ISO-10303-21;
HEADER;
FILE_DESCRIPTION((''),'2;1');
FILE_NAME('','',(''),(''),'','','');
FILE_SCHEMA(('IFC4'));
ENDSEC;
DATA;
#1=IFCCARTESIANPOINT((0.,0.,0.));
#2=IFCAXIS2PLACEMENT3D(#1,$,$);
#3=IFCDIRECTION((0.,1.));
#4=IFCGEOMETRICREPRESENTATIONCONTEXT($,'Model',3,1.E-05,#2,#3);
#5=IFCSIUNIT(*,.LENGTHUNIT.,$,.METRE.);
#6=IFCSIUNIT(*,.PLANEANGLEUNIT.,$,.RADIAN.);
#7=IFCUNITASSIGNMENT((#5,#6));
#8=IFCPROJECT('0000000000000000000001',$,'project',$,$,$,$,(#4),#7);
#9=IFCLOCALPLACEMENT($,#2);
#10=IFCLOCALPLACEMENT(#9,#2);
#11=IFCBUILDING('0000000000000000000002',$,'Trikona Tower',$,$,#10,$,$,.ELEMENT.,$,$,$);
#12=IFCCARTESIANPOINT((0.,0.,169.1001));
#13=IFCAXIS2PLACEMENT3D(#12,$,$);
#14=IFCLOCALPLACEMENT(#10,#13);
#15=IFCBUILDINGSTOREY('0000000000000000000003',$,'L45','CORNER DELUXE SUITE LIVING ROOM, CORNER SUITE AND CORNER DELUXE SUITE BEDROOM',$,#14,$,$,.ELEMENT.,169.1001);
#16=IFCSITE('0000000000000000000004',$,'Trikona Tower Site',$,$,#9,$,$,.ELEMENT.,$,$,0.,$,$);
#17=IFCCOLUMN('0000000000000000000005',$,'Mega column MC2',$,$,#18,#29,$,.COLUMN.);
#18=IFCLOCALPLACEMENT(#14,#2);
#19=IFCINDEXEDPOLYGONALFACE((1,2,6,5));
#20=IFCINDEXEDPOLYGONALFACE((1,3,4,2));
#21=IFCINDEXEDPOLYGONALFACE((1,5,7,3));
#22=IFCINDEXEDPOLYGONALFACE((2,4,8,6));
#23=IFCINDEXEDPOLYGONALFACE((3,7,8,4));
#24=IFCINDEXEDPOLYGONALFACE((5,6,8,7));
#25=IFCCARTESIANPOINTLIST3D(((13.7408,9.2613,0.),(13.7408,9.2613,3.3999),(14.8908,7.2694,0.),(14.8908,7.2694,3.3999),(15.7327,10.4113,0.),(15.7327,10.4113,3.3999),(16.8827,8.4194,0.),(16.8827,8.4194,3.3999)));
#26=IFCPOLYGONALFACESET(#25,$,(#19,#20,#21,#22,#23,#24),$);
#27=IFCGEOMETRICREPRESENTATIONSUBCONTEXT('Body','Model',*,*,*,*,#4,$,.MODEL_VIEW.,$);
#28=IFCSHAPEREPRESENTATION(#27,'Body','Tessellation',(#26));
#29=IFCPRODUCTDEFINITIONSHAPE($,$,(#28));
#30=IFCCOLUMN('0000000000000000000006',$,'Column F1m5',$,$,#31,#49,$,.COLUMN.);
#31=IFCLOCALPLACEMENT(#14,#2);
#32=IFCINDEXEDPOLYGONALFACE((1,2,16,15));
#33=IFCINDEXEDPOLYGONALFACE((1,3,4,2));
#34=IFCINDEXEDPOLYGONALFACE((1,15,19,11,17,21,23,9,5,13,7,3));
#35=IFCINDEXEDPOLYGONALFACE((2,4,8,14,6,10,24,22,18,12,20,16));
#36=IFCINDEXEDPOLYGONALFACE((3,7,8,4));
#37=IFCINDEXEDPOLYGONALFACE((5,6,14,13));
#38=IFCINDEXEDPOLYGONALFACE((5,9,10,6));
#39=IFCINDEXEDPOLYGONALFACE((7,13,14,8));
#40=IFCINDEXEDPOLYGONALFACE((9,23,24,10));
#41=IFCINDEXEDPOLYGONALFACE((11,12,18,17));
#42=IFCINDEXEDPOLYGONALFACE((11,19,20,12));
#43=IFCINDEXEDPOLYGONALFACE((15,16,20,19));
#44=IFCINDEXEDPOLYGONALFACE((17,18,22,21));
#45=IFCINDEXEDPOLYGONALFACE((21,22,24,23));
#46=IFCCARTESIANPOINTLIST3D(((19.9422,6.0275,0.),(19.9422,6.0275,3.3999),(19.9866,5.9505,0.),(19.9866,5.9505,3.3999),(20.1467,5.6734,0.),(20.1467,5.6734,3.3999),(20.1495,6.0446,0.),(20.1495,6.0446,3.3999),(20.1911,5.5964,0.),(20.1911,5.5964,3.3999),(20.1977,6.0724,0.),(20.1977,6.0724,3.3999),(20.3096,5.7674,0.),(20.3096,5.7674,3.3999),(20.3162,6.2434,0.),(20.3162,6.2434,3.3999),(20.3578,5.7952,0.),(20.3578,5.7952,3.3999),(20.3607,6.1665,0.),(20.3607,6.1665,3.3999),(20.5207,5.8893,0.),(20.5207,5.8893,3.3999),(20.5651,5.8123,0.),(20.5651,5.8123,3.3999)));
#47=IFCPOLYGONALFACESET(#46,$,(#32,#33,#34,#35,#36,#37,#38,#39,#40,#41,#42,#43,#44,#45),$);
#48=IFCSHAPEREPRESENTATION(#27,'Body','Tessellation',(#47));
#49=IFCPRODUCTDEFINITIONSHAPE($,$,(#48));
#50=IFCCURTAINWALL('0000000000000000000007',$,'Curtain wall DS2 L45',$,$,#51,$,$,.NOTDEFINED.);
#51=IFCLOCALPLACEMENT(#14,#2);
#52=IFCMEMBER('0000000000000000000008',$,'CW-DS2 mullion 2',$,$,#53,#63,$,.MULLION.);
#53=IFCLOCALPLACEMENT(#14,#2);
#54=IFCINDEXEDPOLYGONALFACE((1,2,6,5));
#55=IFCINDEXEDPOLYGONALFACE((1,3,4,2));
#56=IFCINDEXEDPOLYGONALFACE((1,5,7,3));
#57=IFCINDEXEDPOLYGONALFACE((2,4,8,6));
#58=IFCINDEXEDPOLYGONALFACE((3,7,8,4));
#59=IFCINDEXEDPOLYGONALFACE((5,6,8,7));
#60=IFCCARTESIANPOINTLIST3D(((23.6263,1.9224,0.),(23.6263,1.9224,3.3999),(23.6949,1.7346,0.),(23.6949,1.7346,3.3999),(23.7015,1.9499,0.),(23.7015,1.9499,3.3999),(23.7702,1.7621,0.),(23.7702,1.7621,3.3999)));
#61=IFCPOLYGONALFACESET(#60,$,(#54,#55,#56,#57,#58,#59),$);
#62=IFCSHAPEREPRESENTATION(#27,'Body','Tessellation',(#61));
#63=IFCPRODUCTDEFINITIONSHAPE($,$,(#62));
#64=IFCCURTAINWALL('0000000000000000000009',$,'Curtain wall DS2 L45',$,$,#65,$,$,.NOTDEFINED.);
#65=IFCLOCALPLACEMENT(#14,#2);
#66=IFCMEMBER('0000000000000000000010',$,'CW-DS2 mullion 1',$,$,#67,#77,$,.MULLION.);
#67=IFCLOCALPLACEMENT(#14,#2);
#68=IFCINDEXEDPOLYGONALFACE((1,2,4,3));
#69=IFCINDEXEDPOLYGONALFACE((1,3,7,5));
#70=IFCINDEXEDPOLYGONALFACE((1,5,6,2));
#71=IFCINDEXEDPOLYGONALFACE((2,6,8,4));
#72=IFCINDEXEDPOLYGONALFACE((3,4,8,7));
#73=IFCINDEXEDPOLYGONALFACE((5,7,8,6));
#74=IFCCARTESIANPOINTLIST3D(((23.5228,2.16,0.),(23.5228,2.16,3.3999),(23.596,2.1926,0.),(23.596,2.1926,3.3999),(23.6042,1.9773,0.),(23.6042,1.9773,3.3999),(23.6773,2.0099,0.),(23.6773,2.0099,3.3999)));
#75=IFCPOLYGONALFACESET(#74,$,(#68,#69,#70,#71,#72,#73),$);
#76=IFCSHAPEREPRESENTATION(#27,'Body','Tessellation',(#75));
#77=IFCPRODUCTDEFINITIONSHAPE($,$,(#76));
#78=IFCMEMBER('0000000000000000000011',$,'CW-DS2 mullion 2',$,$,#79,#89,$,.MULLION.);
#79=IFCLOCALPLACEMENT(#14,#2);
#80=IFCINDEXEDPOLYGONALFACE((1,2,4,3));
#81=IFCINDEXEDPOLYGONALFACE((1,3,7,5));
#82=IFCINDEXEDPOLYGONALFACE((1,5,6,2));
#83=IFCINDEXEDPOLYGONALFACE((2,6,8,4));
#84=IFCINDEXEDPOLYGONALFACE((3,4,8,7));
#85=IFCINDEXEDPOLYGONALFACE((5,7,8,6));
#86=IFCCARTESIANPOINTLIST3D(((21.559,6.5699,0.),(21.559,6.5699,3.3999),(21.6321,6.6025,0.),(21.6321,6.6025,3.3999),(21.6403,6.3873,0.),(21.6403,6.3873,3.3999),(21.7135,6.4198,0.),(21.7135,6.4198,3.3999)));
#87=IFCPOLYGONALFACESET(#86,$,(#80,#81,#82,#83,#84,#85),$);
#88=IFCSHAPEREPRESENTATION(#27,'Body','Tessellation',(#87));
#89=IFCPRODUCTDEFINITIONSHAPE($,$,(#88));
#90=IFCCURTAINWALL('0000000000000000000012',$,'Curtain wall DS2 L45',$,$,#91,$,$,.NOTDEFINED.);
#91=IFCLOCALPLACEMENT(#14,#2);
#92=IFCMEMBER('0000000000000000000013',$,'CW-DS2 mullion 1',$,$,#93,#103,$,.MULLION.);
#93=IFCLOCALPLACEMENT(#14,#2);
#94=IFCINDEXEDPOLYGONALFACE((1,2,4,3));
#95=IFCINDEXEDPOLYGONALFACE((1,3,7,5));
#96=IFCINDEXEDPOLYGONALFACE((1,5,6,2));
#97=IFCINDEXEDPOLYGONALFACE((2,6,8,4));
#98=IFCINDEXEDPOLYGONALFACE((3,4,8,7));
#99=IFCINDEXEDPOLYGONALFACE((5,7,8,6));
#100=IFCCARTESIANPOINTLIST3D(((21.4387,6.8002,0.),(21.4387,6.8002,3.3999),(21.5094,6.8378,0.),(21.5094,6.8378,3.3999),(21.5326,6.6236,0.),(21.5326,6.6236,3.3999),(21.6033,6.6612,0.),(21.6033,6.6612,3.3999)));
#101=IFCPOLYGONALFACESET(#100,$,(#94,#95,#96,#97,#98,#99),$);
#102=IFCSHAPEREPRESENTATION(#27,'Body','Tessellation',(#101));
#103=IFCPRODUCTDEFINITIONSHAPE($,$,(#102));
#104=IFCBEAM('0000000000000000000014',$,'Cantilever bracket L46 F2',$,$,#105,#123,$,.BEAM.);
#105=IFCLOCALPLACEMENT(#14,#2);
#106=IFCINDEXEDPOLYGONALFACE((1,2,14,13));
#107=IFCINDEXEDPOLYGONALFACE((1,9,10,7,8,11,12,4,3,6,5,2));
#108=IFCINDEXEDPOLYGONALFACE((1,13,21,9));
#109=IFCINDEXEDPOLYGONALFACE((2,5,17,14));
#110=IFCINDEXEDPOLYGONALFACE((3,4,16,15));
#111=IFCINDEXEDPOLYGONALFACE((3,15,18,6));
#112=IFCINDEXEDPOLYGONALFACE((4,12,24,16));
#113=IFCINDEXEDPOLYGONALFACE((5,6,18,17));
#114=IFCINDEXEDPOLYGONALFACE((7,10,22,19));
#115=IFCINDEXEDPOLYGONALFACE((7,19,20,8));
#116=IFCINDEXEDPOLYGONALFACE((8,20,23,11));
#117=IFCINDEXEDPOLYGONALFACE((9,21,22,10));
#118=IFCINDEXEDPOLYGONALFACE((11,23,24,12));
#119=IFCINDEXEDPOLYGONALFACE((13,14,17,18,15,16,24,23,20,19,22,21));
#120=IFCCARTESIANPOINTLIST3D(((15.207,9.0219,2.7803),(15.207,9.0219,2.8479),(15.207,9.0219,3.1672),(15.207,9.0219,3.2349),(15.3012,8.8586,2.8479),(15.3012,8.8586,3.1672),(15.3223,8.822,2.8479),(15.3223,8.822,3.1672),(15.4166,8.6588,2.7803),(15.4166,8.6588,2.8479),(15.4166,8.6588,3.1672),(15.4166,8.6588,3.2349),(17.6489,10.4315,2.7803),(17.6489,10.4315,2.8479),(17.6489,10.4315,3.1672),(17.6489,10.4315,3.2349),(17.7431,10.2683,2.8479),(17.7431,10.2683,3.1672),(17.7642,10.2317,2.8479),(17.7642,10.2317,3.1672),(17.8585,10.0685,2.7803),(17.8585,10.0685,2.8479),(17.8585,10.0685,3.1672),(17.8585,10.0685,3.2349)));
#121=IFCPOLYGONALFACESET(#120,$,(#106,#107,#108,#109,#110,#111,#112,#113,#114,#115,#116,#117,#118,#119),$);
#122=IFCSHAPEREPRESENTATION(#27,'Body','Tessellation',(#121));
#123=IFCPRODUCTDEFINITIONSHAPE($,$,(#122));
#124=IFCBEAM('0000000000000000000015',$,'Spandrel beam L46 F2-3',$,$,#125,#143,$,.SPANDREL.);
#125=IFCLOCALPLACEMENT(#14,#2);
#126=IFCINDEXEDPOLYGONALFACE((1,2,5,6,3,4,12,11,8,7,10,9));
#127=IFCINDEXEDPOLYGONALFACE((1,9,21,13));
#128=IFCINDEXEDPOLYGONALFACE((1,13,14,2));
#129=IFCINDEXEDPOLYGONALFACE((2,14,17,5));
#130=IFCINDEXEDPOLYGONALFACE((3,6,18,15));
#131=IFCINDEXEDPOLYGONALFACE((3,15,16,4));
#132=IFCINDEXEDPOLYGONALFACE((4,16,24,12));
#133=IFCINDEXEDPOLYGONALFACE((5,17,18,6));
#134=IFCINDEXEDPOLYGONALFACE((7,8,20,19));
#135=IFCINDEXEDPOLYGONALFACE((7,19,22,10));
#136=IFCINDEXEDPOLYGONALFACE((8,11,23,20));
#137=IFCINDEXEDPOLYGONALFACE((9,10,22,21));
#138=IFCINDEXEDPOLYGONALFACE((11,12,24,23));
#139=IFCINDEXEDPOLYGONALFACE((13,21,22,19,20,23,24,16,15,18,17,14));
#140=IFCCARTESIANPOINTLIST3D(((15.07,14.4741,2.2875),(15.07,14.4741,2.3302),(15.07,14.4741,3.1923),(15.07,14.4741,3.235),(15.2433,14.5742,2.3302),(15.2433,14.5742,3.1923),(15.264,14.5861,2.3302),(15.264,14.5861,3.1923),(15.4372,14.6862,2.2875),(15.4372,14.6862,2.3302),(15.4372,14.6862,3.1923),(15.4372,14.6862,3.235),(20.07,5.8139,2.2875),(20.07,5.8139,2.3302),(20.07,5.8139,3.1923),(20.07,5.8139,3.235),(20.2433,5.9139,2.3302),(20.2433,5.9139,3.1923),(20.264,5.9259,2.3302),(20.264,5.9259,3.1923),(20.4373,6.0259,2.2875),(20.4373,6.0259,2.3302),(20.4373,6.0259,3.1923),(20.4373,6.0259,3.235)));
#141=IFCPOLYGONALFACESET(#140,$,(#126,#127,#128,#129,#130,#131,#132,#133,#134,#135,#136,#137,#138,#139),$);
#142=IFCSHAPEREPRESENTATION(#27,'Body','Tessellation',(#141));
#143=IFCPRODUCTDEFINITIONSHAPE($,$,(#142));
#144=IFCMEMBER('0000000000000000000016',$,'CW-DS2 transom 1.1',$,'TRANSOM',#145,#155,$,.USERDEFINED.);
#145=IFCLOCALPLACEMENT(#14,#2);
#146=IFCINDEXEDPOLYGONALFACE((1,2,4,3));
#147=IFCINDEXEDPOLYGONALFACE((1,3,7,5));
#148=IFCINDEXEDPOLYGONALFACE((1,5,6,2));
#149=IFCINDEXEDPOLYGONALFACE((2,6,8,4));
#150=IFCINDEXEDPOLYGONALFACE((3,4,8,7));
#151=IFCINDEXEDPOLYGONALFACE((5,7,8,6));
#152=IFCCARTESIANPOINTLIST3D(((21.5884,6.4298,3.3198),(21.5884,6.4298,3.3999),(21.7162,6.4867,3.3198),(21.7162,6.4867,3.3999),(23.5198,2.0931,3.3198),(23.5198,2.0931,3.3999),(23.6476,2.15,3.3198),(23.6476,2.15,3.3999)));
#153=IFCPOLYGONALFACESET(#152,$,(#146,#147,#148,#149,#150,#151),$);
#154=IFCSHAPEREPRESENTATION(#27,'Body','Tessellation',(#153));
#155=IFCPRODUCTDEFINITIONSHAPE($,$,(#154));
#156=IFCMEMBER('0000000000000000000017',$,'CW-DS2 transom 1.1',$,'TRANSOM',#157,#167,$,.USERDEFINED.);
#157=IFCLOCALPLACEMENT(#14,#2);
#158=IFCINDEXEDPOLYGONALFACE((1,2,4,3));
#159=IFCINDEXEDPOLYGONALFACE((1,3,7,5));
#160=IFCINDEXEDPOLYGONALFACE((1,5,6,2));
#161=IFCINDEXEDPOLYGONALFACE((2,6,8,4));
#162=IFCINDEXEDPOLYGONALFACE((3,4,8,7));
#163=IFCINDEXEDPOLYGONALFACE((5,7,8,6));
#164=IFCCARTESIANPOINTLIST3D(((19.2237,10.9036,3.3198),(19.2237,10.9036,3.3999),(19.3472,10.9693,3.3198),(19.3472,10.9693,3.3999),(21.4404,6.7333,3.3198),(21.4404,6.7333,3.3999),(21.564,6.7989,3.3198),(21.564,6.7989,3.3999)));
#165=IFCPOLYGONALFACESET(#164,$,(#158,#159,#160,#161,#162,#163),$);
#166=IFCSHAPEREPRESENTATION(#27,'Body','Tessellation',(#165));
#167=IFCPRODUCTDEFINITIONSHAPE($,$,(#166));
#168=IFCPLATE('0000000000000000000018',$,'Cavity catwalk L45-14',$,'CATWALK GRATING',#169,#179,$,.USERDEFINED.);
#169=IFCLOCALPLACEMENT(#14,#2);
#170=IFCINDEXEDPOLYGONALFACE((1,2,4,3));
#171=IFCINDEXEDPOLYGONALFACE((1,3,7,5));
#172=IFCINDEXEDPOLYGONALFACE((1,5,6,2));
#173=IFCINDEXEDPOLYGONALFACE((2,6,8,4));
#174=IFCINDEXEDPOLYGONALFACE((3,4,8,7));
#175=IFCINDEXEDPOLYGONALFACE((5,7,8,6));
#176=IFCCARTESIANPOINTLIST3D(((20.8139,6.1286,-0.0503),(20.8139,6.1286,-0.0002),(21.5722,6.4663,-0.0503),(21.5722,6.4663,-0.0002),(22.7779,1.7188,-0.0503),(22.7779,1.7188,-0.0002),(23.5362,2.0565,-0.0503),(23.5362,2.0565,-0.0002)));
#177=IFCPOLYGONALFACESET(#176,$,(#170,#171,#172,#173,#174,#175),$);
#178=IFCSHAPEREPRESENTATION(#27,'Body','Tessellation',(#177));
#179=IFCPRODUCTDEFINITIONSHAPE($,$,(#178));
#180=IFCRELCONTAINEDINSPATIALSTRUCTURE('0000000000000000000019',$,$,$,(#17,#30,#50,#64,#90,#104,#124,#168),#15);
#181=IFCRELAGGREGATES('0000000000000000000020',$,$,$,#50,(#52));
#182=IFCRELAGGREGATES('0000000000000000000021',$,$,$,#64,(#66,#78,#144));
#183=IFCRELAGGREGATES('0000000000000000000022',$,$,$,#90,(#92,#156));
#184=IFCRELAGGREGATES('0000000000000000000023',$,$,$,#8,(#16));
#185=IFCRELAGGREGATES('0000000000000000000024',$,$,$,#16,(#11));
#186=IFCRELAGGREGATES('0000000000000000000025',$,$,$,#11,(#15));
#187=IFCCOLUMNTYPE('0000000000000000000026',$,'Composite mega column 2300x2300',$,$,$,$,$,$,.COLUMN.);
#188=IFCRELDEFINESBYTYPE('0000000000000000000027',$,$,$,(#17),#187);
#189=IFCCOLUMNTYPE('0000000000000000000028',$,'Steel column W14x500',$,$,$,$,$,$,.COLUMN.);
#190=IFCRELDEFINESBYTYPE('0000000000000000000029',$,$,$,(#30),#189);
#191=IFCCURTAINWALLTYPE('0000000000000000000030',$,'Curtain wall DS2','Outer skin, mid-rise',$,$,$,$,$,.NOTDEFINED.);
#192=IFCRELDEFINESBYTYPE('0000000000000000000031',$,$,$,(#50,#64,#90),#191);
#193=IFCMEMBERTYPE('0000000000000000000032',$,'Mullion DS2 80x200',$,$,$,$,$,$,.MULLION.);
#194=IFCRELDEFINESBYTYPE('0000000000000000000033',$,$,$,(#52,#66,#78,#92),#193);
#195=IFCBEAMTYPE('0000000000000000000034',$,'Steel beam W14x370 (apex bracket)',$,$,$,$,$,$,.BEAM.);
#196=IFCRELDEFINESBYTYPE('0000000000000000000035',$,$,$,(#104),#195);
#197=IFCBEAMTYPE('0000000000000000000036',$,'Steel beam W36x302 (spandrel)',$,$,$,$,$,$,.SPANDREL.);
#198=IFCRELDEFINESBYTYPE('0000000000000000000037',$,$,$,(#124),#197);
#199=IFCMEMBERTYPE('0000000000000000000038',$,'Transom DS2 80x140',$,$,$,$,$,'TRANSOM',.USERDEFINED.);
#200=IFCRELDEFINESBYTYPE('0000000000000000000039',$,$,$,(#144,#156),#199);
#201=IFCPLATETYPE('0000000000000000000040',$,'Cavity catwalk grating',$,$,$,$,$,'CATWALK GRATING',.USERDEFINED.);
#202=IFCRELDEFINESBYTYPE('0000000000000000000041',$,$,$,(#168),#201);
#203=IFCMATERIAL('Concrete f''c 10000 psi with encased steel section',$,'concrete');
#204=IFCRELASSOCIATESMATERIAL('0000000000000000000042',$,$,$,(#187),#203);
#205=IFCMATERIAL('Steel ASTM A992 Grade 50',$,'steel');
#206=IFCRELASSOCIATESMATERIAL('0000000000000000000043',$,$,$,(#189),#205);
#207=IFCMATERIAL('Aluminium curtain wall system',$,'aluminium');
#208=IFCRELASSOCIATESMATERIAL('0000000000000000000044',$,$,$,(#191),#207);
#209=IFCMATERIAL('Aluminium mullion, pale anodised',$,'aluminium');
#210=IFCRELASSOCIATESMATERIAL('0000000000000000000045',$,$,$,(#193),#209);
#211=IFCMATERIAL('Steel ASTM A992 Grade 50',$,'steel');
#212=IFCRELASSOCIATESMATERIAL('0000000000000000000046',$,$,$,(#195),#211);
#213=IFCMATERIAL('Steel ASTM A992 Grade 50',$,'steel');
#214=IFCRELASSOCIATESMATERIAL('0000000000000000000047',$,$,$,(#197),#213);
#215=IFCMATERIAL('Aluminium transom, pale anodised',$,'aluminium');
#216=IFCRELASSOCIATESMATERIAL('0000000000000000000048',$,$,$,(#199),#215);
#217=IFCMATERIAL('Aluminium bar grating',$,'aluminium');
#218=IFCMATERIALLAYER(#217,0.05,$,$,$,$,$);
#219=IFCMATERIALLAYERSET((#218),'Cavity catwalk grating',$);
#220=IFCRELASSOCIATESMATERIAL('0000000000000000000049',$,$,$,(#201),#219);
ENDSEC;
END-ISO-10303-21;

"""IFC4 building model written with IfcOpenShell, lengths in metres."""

from ifc_helpers import new_model, si_unit, direction, frame, origin, origin_2d, place, context, subcontext, project, spatial, rectangle, i_section, extrude, material, layer, layer_set, material_profile, profile_set, type_object, element, aggregate, save


model = new_model("IFC4")

# Units and contexts
model_context = context("Model", 3, precision=1e-05, world=origin(), true_north=direction((0.0, 1.0)))
body_context = subcontext(model_context, "Body", "Model", "MODEL_VIEW")
ifc_project = project(units=[si_unit("LENGTHUNIT", "METRE"), si_unit("PLANEANGLEUNIT", "RADIAN")], contexts=[model_context])

# Site, building, storey
site_placement = place(None, origin())
site = spatial("IfcSite", under=ifc_project, at=site_placement, Name="Trikona Tower Site", CompositionType="ELEMENT", RefElevation=0.0)
building_placement = place(site_placement, origin())
building = spatial("IfcBuilding", under=site, at=building_placement, Name="Trikona Tower", CompositionType="ELEMENT")
storey_placement = place(building_placement, frame((0.0, 0.0, 169.1001)))
storey = spatial("IfcBuildingStorey", under=building, at=storey_placement, Name="L45", Description="CORNER DELUXE SUITE LIVING ROOM, CORNER SUITE AND CORNER DELUXE SUITE BEDROOM", CompositionType="ELEMENT", Elevation=169.1001)

# Columns
ifc_material_1 = material(Name="Concrete f'c 10000 psi with encased steel section", Category="concrete")
ifc_material_profile_1 = material_profile(ifc_material_1, rectangle(XDim=2.3, YDim=2.3, at=origin_2d()), Name="MC2300")
ifc_profile_set_1 = profile_set([ifc_material_profile_1], Name="Concrete f'c 10000 psi with encased steel section")
column_type_1 = type_object("IfcColumnType", Name="Composite mega column 2300x2300", PredefinedType="COLUMN", material=ifc_profile_set_1)
column_1_placement = place(storey_placement, frame((15.3118, 8.8403, 0.0), z_axis=(0.0, 0.0, 1.0), x_axis=(0.866025, 0.5, 0.0)))
element("IfcColumn", 1, at=column_1_placement, inside=storey, type_object=column_type_1, Name="Mega column MC2", PredefinedType="COLUMN", context=body_context, shape_type="SweptSolid", body=[
    extrude(rectangle(XDim=2.3, YDim=2.3, at=origin_2d()), origin(), (0.0, 0.0, 1.0), 3.3999),
])
ifc_material_2 = material(Name="Steel ASTM A992 Grade 50", Category="steel")
ifc_material_profile_2 = material_profile(ifc_material_2, i_section(OverallWidth=0.4319, OverallDepth=0.4978, WebThickness=0.0557, FlangeThickness=0.0889, at=origin_2d()), Name="W14X500")
ifc_profile_set_2 = profile_set([ifc_material_profile_2], Name="Steel ASTM A992 Grade 50")
column_type_2 = type_object("IfcColumnType", Name="Steel column W14x500", PredefinedType="COLUMN", material=ifc_profile_set_2)
column_2_placement = place(storey_placement, frame((20.2537, 5.9199, 0.0), z_axis=(0.0, 0.0, 1.0), x_axis=(0.866025, 0.5, 0.0)))
element("IfcColumn", 2, at=column_2_placement, inside=storey, type_object=column_type_2, Name="Column F1m5", PredefinedType="COLUMN", context=body_context, shape_type="SweptSolid", body=[
    extrude(i_section(OverallWidth=0.4319, OverallDepth=0.4978, WebThickness=0.0557, FlangeThickness=0.0889, at=origin_2d()), origin(), (0.0, 0.0, 1.0), 3.3999),
])

# Curtain wall, member
ifc_material_3 = material(Name="Aluminium curtain wall system", Category="aluminium")
curtain_wall_type = type_object("IfcCurtainWallType", Name="Curtain wall DS2", Description="Outer skin, mid-rise", PredefinedType="NOTDEFINED", material=ifc_material_3)
curtain_wall_1_placement = place(storey_placement, origin())
curtain_wall_1 = element("IfcCurtainWall", 3, at=curtain_wall_1_placement, inside=storey, type_object=curtain_wall_type, Name="Curtain wall DS2 L45", PredefinedType="NOTDEFINED")
ifc_material_4 = material(Name="Aluminium mullion, pale anodised", Category="aluminium")
ifc_material_profile_3 = material_profile(ifc_material_4, rectangle(XDim=0.0801, YDim=0.2, at=origin_2d()), Name="MUL-DS2")
ifc_profile_set_3 = profile_set([ifc_material_profile_3], Name="Aluminium mullion, pale anodised")
member_type_1 = type_object("IfcMemberType", Name="Mullion DS2 80x200", PredefinedType="MULLION", material=ifc_profile_set_3)
member_1_placement = place(storey_placement, frame((23.6982, 1.8423, 0.0), z_axis=(0.0, 0.0, 1.0), x_axis=(-0.939254, -0.343223, 0.0)))
member_1 = element("IfcMember", 4, at=member_1_placement, type_object=member_type_1, Name="CW-DS2 mullion 2", PredefinedType="MULLION", context=body_context, shape_type="SweptSolid", body=[
    extrude(rectangle(XDim=0.0801, YDim=0.2, at=origin_2d()), origin(), (0.0, 0.0, 1.0), 3.3999),
])

# Curtain wall, members
curtain_wall_2_placement = place(storey_placement, origin())
curtain_wall_2 = element("IfcCurtainWall", 5, at=curtain_wall_2_placement, inside=storey, type_object=curtain_wall_type, Name="Curtain wall DS2 L45", PredefinedType="NOTDEFINED")
member_2_placement = place(storey_placement, frame((23.6001, 2.085, 0.0), z_axis=(0.0, 0.0, 1.0), x_axis=(-0.913501, -0.406836, 0.0)))
member_2 = element("IfcMember", 6, at=member_2_placement, type_object=member_type_1, Name="CW-DS2 mullion 1", PredefinedType="MULLION", context=body_context, shape_type="SweptSolid", body=[
    extrude(rectangle(XDim=0.0801, YDim=0.2, at=origin_2d()), origin(), (0.0, 0.0, 1.0), 3.3999),
])
member_3_placement = place(storey_placement, frame((21.6362, 6.4949, 0.0), z_axis=(0.0, 0.0, 1.0), x_axis=(-0.913501, -0.406836, 0.0)))
member_3 = element("IfcMember", 7, at=member_3_placement, type_object=member_type_1, Name="CW-DS2 mullion 2", PredefinedType="MULLION", context=body_context, shape_type="SweptSolid", body=[
    extrude(rectangle(XDim=0.0801, YDim=0.2, at=origin_2d()), origin(), (0.0, 0.0, 1.0), 3.3999),
])

# Curtain wall, member
curtain_wall_3_placement = place(storey_placement, origin())
curtain_wall_3 = element("IfcCurtainWall", 8, at=curtain_wall_3_placement, inside=storey, type_object=curtain_wall_type, Name="Curtain wall DS2 L45", PredefinedType="NOTDEFINED")
member_4_placement = place(storey_placement, frame((21.521, 6.7307, 0.0), z_axis=(0.0, 0.0, 1.0), x_axis=(-0.882996, -0.46938, 0.0)))
member_4 = element("IfcMember", 9, at=member_4_placement, type_object=member_type_1, Name="CW-DS2 mullion 1", PredefinedType="MULLION", context=body_context, shape_type="SweptSolid", body=[
    extrude(rectangle(XDim=0.0801, YDim=0.2, at=origin_2d()), origin(), (0.0, 0.0, 1.0), 3.3999),
])

# Beams
ifc_material_5 = material(Name="Steel ASTM A992 Grade 50", Category="steel")
ifc_material_profile_4 = material_profile(ifc_material_5, i_section(OverallWidth=0.4192, OverallDepth=0.4546, WebThickness=0.0422, FlangeThickness=0.0676, at=origin_2d()), Name="W14X370")
ifc_profile_set_4 = profile_set([ifc_material_profile_4], Name="Steel ASTM A992 Grade 50")
beam_type_1 = type_object("IfcBeamType", Name="Steel beam W14x370 (apex bracket)", PredefinedType="BEAM", material=ifc_profile_set_4)
beam_1_placement = place(storey_placement, frame((15.3118, 8.8403, 3.0076), z_axis=(0.86605, 0.499957, 0.0), x_axis=(-0.499957, 0.86605, 0.0)))
element("IfcBeam", 10, at=beam_1_placement, inside=storey, type_object=beam_type_1, Name="Cantilever bracket L46 F2", PredefinedType="BEAM", context=body_context, shape_type="SweptSolid", body=[
    extrude(i_section(OverallWidth=0.4192, OverallDepth=0.4546, WebThickness=0.0422, FlangeThickness=0.0676, at=origin_2d()), origin(), (0.0, 0.0, 1.0), 2.8196),
])
ifc_material_6 = material(Name="Steel ASTM A992 Grade 50", Category="steel")
ifc_material_profile_5 = material_profile(ifc_material_6, i_section(OverallWidth=0.4241, OverallDepth=0.9475, WebThickness=0.0239, FlangeThickness=0.0427, at=origin_2d()), Name="W36X302")
ifc_profile_set_5 = profile_set([ifc_material_profile_5], Name="Steel ASTM A992 Grade 50")
beam_type_2 = type_object("IfcBeamType", Name="Steel beam W36x302 (spandrel)", PredefinedType="SPANDREL", material=ifc_profile_set_5)
beam_2_placement = place(storey_placement, frame((20.2537, 5.9199, 2.7612), z_axis=(-0.500004, 0.866023, 0.0), x_axis=(-0.866023, -0.500004, 0.0)))
element("IfcBeam", 11, at=beam_2_placement, inside=storey, type_object=beam_type_2, Name="Spandrel beam L46 F2-3", PredefinedType="SPANDREL", context=body_context, shape_type="SweptSolid", body=[
    extrude(i_section(OverallWidth=0.4241, OverallDepth=0.9475, WebThickness=0.0239, FlangeThickness=0.0427, at=origin_2d()), origin(), (0.0, 0.0, 1.0), 10.0),
])

# Members
ifc_material_7 = material(Name="Aluminium transom, pale anodised", Category="aluminium")
ifc_material_profile_6 = material_profile(ifc_material_7, rectangle(XDim=0.1399, YDim=0.0801, at=origin_2d()), Name="TRN-DS2")
ifc_profile_set_6 = profile_set([ifc_material_profile_6], Name="Aluminium transom, pale anodised")
member_type_2 = type_object("IfcMemberType", Name="Transom DS2 80x140", ElementType="TRANSOM", PredefinedType="USERDEFINED", material=ifc_profile_set_6)
member_5_placement = place(storey_placement, frame((23.5837, 2.1216, 3.3599), z_axis=(-0.40684, 0.9135, 0.0), x_axis=(-0.9135, -0.40684, 0.0)))
member_5 = element("IfcMember", 12, at=member_5_placement, type_object=member_type_2, Name="CW-DS2 transom 1.1", ObjectType="TRANSOM", PredefinedType="USERDEFINED", context=body_context, shape_type="SweptSolid", body=[
    extrude(rectangle(XDim=0.1399, YDim=0.0801, at=origin_2d()), origin(), (0.0, 0.0, 1.0), 4.7473),
])
member_6_placement = place(storey_placement, frame((21.5022, 6.7661, 3.3599), z_axis=(-0.469364, 0.883005, 0.0), x_axis=(-0.883005, -0.469364, 0.0)))
member_6 = element("IfcMember", 13, at=member_6_placement, type_object=member_type_2, Name="CW-DS2 transom 1.1", ObjectType="TRANSOM", PredefinedType="USERDEFINED", context=body_context, shape_type="SweptSolid", body=[
    extrude(rectangle(XDim=0.1399, YDim=0.0801, at=origin_2d()), origin(), (0.0, 0.0, 1.0), 4.7229),
])

# Plate
ifc_material_8 = material(Name="Aluminium bar grating", Category="aluminium")
ifc_layer_1 = layer(ifc_material_8, 0.05)
ifc_layer_set_1 = layer_set([ifc_layer_1], Name="Cavity catwalk grating")
plate_type_1 = type_object("IfcPlateType", Name="Cavity catwalk grating", ElementType="CATWALK GRATING", PredefinedType="USERDEFINED", material=ifc_layer_set_1)
plate_1_placement = place(storey_placement, frame((22.175, 4.0925, -0.0503), z_axis=(0.0, 0.0, 1.0), x_axis=(-0.406843, 0.913498, 0.0)))
element("IfcPlate", 14, at=plate_1_placement, inside=storey, type_object=plate_type_1, Name="Cavity catwalk L45-14", ObjectType="CATWALK GRATING", PredefinedType="USERDEFINED", context=body_context, shape_type="SweptSolid", body=[
    extrude(rectangle(XDim=4.8274, YDim=0.8301, at=origin_2d()), origin(), (0.0, 0.0, 1.0), 0.05),
])

aggregate(curtain_wall_1, [member_1])
aggregate(curtain_wall_2, [member_2, member_3, member_5])
aggregate(curtain_wall_3, [member_4, member_6])

save(model, "model.ifc")
